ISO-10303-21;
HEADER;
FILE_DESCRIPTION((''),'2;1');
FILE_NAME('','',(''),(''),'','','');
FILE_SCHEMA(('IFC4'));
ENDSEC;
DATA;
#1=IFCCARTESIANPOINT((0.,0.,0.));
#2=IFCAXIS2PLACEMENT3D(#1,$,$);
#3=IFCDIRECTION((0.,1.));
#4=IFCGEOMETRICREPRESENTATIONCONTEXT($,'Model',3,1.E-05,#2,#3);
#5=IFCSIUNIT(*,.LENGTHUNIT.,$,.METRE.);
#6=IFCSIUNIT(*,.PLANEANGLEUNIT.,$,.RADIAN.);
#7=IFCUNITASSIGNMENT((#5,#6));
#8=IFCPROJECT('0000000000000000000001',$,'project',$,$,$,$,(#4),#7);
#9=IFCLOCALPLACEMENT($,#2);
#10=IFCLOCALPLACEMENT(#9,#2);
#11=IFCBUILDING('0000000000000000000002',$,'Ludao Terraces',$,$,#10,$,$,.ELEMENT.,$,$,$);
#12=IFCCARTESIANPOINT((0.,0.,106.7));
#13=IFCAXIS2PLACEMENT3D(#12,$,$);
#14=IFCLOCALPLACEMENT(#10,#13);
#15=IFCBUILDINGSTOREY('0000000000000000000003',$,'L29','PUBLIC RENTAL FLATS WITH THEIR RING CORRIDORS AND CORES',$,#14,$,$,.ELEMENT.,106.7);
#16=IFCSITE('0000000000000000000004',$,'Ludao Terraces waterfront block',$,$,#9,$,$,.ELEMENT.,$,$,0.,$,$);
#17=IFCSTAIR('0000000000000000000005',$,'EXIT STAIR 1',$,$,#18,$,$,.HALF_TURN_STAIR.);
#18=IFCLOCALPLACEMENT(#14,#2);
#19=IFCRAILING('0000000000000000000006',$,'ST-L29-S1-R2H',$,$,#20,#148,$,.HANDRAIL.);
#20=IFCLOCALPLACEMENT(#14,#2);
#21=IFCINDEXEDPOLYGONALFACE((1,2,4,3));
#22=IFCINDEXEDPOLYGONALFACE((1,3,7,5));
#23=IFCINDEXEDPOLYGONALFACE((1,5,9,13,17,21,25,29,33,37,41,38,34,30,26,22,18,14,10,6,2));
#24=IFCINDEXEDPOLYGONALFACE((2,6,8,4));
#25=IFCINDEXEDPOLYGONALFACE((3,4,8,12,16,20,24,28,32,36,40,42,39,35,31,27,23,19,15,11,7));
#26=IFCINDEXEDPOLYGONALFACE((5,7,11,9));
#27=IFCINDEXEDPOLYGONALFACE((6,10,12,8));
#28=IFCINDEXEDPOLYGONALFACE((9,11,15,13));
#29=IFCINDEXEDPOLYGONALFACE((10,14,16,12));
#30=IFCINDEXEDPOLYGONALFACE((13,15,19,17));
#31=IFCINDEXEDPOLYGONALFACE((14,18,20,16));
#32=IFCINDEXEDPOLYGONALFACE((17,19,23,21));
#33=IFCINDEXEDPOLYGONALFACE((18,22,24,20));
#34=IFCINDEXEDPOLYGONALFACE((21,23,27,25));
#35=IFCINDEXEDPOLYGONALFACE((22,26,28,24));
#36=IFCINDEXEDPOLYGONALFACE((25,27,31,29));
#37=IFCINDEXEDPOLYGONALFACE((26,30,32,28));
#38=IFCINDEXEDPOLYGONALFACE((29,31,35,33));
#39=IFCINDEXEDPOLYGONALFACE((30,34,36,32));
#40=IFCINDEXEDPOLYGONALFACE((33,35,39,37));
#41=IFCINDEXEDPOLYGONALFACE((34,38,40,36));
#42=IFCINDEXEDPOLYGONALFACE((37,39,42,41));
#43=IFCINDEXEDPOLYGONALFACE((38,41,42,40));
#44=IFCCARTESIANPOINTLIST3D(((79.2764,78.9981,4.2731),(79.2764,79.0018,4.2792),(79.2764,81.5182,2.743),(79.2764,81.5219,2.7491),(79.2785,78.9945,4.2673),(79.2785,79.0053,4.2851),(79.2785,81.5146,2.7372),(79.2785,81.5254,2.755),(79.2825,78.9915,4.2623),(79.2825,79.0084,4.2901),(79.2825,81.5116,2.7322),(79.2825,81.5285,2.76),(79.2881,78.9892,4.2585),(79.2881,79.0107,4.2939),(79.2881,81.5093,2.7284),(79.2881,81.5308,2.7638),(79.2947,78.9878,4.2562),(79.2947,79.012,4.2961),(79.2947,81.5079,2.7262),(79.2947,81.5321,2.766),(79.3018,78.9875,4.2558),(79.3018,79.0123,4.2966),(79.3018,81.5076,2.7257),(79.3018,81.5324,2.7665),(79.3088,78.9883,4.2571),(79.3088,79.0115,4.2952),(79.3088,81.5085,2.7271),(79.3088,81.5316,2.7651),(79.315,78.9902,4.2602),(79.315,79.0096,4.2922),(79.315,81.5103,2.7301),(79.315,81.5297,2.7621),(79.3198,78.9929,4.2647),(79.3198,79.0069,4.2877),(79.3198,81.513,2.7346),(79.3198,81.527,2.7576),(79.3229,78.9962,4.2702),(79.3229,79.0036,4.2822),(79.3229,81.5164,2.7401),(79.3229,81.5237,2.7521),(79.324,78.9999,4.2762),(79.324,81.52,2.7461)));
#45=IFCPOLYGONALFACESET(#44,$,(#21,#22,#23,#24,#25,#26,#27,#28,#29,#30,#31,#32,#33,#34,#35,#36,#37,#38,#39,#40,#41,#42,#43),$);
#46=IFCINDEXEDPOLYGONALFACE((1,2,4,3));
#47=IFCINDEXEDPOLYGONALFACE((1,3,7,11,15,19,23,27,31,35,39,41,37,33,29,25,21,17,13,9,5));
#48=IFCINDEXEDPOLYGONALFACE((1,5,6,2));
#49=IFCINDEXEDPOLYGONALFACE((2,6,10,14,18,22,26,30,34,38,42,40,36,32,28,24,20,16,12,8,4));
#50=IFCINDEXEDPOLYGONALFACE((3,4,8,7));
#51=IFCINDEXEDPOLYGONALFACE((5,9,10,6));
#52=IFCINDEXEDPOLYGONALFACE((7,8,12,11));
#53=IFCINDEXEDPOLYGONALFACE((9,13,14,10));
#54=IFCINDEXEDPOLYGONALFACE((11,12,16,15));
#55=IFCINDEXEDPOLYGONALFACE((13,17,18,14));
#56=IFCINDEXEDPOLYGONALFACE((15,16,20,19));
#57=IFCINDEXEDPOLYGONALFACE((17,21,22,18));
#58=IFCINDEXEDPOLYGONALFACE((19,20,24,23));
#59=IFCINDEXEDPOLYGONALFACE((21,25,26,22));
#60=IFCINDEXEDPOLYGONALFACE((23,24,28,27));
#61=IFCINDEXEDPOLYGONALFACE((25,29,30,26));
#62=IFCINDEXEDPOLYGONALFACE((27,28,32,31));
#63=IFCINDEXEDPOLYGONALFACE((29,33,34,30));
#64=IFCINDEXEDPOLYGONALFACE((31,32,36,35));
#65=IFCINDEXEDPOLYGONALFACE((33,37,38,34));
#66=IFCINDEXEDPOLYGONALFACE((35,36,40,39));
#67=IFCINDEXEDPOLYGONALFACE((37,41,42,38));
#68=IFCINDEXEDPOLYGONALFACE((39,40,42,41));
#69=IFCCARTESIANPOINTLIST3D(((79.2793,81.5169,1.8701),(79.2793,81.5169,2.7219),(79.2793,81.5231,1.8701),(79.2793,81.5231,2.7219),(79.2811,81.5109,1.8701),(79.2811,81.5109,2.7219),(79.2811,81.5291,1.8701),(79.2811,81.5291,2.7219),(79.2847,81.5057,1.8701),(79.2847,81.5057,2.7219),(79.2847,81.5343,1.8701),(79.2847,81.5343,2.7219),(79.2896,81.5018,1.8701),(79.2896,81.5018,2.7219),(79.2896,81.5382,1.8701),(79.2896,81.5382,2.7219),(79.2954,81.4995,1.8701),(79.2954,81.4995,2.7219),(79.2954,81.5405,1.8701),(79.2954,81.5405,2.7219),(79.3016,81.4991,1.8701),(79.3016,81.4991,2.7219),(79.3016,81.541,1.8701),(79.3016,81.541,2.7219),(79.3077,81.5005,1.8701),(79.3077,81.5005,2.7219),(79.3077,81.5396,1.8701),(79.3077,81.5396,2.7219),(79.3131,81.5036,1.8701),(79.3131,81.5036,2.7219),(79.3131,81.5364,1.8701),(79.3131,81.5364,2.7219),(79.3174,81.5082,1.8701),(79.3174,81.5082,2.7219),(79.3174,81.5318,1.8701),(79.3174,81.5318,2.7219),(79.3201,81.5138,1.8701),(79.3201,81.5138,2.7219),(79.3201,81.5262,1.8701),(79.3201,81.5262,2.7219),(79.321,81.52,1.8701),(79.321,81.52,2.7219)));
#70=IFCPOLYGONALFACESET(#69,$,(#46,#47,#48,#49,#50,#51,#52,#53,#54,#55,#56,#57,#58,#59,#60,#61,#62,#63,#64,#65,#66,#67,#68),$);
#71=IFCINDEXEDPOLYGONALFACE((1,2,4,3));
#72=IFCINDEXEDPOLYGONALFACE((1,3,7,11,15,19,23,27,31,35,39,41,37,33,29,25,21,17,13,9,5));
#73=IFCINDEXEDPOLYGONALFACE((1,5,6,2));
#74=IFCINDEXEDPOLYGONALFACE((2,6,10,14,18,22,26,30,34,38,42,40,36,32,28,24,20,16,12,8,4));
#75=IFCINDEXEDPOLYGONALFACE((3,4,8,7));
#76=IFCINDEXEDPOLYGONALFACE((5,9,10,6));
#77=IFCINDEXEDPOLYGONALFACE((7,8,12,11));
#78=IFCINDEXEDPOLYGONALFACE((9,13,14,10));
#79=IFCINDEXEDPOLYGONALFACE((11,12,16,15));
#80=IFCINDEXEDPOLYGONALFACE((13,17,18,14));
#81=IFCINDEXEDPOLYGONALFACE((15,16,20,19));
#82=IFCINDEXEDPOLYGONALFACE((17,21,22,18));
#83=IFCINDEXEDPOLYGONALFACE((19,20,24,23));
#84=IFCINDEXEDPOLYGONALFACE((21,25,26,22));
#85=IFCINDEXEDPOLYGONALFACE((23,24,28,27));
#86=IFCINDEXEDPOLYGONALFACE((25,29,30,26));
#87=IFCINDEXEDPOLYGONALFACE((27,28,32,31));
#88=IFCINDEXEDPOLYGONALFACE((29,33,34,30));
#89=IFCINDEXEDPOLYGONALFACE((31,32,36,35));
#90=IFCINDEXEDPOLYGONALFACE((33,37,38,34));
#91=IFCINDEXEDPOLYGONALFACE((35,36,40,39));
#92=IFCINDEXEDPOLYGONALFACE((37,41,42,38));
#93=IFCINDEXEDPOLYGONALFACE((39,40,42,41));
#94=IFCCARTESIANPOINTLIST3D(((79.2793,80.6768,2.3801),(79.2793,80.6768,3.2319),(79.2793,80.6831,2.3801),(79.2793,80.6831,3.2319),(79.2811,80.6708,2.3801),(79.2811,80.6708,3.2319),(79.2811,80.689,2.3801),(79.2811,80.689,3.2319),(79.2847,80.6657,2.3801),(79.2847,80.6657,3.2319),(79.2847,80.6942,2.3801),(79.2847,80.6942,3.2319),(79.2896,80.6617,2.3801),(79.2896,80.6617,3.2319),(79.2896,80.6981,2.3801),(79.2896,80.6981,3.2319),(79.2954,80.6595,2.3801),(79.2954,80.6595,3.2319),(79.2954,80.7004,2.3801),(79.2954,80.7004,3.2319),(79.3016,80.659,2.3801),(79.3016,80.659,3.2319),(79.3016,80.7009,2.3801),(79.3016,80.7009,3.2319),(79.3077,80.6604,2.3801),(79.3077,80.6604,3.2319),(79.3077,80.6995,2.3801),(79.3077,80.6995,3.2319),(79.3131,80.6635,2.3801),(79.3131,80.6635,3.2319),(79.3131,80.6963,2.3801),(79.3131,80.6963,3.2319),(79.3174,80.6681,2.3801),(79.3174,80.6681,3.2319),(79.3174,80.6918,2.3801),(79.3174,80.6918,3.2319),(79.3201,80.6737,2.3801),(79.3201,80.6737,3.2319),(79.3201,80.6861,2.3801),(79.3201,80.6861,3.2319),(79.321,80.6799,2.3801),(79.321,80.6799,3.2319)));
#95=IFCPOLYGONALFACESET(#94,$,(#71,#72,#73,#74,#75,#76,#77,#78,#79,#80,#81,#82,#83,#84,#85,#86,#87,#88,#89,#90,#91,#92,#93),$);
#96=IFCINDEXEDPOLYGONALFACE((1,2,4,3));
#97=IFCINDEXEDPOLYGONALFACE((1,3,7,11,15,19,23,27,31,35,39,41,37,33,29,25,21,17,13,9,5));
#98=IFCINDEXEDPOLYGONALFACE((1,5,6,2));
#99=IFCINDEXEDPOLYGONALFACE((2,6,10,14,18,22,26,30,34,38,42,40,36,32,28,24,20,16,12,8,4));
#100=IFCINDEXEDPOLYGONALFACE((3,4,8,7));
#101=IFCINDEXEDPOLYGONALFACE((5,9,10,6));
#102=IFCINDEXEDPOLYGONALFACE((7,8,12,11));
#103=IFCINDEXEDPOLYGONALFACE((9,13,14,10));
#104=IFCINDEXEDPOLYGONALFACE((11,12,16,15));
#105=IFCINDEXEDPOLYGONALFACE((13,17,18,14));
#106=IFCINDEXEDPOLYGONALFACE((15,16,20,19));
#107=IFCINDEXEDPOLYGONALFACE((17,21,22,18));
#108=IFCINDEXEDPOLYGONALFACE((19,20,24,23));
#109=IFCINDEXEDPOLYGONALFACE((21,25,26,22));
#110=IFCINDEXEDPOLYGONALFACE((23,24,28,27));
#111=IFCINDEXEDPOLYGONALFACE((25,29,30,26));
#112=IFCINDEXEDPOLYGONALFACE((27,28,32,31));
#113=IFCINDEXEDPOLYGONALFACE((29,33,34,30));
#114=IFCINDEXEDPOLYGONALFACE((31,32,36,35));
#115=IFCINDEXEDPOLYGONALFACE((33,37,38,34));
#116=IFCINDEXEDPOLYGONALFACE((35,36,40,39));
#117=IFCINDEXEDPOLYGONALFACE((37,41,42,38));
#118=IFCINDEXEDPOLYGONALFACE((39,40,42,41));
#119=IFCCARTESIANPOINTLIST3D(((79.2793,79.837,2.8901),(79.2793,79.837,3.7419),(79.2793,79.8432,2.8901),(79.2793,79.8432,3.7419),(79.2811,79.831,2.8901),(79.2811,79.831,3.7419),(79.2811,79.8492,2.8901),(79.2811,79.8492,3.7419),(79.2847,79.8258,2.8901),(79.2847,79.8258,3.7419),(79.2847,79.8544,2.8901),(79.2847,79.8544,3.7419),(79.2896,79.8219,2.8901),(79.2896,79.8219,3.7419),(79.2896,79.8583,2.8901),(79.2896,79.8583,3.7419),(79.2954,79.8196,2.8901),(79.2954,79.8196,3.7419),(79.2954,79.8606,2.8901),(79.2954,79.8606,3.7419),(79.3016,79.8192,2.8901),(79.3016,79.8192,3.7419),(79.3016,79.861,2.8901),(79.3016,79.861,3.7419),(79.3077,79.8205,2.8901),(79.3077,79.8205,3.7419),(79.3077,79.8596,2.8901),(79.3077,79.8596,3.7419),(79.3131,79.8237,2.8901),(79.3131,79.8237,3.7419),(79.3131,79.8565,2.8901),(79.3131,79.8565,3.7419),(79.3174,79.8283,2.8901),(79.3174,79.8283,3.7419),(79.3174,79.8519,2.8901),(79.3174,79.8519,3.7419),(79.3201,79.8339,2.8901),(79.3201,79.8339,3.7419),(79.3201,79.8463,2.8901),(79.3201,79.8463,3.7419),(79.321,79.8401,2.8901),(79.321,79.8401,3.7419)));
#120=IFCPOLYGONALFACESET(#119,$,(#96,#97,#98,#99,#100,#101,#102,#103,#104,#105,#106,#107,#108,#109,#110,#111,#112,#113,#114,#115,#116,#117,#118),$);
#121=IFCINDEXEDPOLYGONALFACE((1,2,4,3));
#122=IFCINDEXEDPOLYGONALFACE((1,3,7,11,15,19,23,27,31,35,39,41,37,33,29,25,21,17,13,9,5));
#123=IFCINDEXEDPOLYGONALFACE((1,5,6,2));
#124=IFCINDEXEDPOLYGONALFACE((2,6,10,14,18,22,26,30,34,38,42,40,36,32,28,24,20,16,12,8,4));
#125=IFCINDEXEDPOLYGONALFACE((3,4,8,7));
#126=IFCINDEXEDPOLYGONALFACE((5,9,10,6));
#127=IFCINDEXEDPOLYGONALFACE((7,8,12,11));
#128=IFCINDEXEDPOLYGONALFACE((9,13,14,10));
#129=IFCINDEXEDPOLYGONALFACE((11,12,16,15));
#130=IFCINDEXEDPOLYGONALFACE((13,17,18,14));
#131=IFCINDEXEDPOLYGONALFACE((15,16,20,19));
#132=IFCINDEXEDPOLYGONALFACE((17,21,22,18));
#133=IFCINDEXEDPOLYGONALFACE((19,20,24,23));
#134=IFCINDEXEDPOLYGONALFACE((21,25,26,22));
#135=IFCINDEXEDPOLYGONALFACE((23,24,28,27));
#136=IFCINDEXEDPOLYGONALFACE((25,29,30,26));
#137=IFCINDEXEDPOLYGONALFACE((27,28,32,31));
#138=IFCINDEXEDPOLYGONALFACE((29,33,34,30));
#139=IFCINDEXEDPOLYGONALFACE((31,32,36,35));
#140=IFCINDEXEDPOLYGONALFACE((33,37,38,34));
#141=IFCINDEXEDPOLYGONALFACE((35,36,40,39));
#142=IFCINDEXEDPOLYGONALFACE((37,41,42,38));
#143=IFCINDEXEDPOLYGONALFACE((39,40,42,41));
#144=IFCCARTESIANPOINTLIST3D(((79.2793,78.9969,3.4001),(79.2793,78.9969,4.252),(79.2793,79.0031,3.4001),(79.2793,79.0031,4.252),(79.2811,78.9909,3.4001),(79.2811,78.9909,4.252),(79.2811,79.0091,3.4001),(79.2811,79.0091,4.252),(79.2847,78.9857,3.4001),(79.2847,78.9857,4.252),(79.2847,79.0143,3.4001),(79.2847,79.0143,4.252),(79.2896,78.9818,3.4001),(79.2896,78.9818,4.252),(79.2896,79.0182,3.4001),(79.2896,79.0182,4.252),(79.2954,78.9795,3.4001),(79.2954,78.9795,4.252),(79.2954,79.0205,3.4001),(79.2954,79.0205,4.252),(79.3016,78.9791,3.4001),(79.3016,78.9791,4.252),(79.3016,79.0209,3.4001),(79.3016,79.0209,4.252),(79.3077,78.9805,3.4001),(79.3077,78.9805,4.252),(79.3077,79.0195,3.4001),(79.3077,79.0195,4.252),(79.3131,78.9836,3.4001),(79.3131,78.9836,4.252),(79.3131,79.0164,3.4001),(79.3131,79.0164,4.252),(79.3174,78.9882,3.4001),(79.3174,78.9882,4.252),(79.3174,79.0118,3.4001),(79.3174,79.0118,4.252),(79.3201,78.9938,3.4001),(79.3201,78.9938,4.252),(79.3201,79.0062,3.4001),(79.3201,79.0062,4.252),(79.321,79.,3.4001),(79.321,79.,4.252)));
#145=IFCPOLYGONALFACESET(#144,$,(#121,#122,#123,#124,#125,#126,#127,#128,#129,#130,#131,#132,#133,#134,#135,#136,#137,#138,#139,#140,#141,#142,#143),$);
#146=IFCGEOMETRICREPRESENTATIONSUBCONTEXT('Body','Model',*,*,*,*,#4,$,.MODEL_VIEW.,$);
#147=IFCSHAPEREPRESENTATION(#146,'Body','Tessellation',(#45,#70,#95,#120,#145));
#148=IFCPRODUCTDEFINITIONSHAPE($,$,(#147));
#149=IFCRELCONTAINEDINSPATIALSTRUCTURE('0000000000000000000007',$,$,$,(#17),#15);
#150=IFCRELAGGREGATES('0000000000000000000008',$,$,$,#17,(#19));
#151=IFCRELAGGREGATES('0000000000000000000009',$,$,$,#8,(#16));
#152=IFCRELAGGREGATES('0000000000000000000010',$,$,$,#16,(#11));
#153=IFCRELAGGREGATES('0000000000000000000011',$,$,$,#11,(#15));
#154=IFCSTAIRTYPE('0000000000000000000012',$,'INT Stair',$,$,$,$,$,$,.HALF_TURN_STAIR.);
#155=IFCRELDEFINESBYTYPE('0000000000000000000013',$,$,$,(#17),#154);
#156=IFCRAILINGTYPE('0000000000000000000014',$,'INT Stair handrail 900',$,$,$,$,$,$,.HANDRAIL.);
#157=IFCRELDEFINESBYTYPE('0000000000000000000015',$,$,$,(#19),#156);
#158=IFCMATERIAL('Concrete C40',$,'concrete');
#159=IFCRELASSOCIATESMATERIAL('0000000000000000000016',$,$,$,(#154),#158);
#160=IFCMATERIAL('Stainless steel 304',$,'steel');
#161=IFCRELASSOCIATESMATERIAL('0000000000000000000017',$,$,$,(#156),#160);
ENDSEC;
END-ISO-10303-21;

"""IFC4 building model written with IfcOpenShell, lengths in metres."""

from ifc_helpers import new_model, si_unit, direction, frame, origin, origin_2d, place, context, subcontext, project, spatial, circle, extrude, material, type_object, element, aggregate, save


model = new_model("IFC4")

# Units and contexts
model_context = context("Model", 3, precision=1e-05, world=origin(), true_north=direction((0.0, 1.0)))
body_context = subcontext(model_context, "Body", "Model", "MODEL_VIEW")
ifc_project = project(units=[si_unit("LENGTHUNIT", "METRE"), si_unit("PLANEANGLEUNIT", "RADIAN")], contexts=[model_context])

# Site, building, storey
site_placement = place(None, origin())
site = spatial("IfcSite", under=ifc_project, at=site_placement, Name="Ludao Terraces waterfront block", CompositionType="ELEMENT", RefElevation=0.0)
building_placement = place(site_placement, origin())
building = spatial("IfcBuilding", under=site, at=building_placement, Name="Ludao Terraces", CompositionType="ELEMENT")
storey_placement = place(building_placement, frame((0.0, 0.0, 106.7)))
storey = spatial("IfcBuildingStorey", under=building, at=storey_placement, Name="L29", Description="PUBLIC RENTAL FLATS WITH THEIR RING CORRIDORS AND CORES", CompositionType="ELEMENT", Elevation=106.7)

# Stair, railing
ifc_material_1 = material(Name="Concrete C40", Category="concrete")
stair_type = type_object("IfcStairType", Name="INT Stair", PredefinedType="HALF_TURN_STAIR", material=ifc_material_1)
stair_placement = place(storey_placement, origin())
stair = element("IfcStair", 1, at=stair_placement, inside=storey, type_object=stair_type, Name="EXIT STAIR 1", PredefinedType="HALF_TURN_STAIR")
ifc_material_2 = material(Name="Stainless steel 304", Category="steel")
railing_type_1 = type_object("IfcRailingType", Name="INT Stair handrail 900", PredefinedType="HANDRAIL", material=ifc_material_2)
railing_1_placement = place(storey_placement, frame((79.3, 81.52, 1.8701)))
railing_1 = element("IfcRailing", 2, at=railing_1_placement, type_object=railing_type_1, Name="ST-L29-S1-R2H", PredefinedType="HANDRAIL", context=body_context, shape_type="SweptSolid", body=[
    extrude(circle(Radius=0.0239, at=origin_2d()), frame((0.0, 0.0, 0.876), z_axis=(0.0, -0.854785, 0.518982), x_axis=(1.0, 0.0, 0.0)), (0.0, 0.0, 1.0), 2.9482),
    extrude(circle(Radius=0.021, at=origin_2d()), origin(), (0.0, 0.0, 1.0), 0.8518),
    extrude(circle(Radius=0.021, at=origin_2d()), frame((0.0, -0.8401, 0.51)), (0.0, 0.0, 1.0), 0.8518),
    extrude(circle(Radius=0.021, at=origin_2d()), frame((0.0, -1.6799, 1.02)), (0.0, 0.0, 1.0), 0.8518),
    extrude(circle(Radius=0.021, at=origin_2d()), frame((0.0, -2.52, 1.53)), (0.0, 0.0, 1.0), 0.8518),
])
aggregate(stair, [railing_1])

save(model, "model.ifc")
